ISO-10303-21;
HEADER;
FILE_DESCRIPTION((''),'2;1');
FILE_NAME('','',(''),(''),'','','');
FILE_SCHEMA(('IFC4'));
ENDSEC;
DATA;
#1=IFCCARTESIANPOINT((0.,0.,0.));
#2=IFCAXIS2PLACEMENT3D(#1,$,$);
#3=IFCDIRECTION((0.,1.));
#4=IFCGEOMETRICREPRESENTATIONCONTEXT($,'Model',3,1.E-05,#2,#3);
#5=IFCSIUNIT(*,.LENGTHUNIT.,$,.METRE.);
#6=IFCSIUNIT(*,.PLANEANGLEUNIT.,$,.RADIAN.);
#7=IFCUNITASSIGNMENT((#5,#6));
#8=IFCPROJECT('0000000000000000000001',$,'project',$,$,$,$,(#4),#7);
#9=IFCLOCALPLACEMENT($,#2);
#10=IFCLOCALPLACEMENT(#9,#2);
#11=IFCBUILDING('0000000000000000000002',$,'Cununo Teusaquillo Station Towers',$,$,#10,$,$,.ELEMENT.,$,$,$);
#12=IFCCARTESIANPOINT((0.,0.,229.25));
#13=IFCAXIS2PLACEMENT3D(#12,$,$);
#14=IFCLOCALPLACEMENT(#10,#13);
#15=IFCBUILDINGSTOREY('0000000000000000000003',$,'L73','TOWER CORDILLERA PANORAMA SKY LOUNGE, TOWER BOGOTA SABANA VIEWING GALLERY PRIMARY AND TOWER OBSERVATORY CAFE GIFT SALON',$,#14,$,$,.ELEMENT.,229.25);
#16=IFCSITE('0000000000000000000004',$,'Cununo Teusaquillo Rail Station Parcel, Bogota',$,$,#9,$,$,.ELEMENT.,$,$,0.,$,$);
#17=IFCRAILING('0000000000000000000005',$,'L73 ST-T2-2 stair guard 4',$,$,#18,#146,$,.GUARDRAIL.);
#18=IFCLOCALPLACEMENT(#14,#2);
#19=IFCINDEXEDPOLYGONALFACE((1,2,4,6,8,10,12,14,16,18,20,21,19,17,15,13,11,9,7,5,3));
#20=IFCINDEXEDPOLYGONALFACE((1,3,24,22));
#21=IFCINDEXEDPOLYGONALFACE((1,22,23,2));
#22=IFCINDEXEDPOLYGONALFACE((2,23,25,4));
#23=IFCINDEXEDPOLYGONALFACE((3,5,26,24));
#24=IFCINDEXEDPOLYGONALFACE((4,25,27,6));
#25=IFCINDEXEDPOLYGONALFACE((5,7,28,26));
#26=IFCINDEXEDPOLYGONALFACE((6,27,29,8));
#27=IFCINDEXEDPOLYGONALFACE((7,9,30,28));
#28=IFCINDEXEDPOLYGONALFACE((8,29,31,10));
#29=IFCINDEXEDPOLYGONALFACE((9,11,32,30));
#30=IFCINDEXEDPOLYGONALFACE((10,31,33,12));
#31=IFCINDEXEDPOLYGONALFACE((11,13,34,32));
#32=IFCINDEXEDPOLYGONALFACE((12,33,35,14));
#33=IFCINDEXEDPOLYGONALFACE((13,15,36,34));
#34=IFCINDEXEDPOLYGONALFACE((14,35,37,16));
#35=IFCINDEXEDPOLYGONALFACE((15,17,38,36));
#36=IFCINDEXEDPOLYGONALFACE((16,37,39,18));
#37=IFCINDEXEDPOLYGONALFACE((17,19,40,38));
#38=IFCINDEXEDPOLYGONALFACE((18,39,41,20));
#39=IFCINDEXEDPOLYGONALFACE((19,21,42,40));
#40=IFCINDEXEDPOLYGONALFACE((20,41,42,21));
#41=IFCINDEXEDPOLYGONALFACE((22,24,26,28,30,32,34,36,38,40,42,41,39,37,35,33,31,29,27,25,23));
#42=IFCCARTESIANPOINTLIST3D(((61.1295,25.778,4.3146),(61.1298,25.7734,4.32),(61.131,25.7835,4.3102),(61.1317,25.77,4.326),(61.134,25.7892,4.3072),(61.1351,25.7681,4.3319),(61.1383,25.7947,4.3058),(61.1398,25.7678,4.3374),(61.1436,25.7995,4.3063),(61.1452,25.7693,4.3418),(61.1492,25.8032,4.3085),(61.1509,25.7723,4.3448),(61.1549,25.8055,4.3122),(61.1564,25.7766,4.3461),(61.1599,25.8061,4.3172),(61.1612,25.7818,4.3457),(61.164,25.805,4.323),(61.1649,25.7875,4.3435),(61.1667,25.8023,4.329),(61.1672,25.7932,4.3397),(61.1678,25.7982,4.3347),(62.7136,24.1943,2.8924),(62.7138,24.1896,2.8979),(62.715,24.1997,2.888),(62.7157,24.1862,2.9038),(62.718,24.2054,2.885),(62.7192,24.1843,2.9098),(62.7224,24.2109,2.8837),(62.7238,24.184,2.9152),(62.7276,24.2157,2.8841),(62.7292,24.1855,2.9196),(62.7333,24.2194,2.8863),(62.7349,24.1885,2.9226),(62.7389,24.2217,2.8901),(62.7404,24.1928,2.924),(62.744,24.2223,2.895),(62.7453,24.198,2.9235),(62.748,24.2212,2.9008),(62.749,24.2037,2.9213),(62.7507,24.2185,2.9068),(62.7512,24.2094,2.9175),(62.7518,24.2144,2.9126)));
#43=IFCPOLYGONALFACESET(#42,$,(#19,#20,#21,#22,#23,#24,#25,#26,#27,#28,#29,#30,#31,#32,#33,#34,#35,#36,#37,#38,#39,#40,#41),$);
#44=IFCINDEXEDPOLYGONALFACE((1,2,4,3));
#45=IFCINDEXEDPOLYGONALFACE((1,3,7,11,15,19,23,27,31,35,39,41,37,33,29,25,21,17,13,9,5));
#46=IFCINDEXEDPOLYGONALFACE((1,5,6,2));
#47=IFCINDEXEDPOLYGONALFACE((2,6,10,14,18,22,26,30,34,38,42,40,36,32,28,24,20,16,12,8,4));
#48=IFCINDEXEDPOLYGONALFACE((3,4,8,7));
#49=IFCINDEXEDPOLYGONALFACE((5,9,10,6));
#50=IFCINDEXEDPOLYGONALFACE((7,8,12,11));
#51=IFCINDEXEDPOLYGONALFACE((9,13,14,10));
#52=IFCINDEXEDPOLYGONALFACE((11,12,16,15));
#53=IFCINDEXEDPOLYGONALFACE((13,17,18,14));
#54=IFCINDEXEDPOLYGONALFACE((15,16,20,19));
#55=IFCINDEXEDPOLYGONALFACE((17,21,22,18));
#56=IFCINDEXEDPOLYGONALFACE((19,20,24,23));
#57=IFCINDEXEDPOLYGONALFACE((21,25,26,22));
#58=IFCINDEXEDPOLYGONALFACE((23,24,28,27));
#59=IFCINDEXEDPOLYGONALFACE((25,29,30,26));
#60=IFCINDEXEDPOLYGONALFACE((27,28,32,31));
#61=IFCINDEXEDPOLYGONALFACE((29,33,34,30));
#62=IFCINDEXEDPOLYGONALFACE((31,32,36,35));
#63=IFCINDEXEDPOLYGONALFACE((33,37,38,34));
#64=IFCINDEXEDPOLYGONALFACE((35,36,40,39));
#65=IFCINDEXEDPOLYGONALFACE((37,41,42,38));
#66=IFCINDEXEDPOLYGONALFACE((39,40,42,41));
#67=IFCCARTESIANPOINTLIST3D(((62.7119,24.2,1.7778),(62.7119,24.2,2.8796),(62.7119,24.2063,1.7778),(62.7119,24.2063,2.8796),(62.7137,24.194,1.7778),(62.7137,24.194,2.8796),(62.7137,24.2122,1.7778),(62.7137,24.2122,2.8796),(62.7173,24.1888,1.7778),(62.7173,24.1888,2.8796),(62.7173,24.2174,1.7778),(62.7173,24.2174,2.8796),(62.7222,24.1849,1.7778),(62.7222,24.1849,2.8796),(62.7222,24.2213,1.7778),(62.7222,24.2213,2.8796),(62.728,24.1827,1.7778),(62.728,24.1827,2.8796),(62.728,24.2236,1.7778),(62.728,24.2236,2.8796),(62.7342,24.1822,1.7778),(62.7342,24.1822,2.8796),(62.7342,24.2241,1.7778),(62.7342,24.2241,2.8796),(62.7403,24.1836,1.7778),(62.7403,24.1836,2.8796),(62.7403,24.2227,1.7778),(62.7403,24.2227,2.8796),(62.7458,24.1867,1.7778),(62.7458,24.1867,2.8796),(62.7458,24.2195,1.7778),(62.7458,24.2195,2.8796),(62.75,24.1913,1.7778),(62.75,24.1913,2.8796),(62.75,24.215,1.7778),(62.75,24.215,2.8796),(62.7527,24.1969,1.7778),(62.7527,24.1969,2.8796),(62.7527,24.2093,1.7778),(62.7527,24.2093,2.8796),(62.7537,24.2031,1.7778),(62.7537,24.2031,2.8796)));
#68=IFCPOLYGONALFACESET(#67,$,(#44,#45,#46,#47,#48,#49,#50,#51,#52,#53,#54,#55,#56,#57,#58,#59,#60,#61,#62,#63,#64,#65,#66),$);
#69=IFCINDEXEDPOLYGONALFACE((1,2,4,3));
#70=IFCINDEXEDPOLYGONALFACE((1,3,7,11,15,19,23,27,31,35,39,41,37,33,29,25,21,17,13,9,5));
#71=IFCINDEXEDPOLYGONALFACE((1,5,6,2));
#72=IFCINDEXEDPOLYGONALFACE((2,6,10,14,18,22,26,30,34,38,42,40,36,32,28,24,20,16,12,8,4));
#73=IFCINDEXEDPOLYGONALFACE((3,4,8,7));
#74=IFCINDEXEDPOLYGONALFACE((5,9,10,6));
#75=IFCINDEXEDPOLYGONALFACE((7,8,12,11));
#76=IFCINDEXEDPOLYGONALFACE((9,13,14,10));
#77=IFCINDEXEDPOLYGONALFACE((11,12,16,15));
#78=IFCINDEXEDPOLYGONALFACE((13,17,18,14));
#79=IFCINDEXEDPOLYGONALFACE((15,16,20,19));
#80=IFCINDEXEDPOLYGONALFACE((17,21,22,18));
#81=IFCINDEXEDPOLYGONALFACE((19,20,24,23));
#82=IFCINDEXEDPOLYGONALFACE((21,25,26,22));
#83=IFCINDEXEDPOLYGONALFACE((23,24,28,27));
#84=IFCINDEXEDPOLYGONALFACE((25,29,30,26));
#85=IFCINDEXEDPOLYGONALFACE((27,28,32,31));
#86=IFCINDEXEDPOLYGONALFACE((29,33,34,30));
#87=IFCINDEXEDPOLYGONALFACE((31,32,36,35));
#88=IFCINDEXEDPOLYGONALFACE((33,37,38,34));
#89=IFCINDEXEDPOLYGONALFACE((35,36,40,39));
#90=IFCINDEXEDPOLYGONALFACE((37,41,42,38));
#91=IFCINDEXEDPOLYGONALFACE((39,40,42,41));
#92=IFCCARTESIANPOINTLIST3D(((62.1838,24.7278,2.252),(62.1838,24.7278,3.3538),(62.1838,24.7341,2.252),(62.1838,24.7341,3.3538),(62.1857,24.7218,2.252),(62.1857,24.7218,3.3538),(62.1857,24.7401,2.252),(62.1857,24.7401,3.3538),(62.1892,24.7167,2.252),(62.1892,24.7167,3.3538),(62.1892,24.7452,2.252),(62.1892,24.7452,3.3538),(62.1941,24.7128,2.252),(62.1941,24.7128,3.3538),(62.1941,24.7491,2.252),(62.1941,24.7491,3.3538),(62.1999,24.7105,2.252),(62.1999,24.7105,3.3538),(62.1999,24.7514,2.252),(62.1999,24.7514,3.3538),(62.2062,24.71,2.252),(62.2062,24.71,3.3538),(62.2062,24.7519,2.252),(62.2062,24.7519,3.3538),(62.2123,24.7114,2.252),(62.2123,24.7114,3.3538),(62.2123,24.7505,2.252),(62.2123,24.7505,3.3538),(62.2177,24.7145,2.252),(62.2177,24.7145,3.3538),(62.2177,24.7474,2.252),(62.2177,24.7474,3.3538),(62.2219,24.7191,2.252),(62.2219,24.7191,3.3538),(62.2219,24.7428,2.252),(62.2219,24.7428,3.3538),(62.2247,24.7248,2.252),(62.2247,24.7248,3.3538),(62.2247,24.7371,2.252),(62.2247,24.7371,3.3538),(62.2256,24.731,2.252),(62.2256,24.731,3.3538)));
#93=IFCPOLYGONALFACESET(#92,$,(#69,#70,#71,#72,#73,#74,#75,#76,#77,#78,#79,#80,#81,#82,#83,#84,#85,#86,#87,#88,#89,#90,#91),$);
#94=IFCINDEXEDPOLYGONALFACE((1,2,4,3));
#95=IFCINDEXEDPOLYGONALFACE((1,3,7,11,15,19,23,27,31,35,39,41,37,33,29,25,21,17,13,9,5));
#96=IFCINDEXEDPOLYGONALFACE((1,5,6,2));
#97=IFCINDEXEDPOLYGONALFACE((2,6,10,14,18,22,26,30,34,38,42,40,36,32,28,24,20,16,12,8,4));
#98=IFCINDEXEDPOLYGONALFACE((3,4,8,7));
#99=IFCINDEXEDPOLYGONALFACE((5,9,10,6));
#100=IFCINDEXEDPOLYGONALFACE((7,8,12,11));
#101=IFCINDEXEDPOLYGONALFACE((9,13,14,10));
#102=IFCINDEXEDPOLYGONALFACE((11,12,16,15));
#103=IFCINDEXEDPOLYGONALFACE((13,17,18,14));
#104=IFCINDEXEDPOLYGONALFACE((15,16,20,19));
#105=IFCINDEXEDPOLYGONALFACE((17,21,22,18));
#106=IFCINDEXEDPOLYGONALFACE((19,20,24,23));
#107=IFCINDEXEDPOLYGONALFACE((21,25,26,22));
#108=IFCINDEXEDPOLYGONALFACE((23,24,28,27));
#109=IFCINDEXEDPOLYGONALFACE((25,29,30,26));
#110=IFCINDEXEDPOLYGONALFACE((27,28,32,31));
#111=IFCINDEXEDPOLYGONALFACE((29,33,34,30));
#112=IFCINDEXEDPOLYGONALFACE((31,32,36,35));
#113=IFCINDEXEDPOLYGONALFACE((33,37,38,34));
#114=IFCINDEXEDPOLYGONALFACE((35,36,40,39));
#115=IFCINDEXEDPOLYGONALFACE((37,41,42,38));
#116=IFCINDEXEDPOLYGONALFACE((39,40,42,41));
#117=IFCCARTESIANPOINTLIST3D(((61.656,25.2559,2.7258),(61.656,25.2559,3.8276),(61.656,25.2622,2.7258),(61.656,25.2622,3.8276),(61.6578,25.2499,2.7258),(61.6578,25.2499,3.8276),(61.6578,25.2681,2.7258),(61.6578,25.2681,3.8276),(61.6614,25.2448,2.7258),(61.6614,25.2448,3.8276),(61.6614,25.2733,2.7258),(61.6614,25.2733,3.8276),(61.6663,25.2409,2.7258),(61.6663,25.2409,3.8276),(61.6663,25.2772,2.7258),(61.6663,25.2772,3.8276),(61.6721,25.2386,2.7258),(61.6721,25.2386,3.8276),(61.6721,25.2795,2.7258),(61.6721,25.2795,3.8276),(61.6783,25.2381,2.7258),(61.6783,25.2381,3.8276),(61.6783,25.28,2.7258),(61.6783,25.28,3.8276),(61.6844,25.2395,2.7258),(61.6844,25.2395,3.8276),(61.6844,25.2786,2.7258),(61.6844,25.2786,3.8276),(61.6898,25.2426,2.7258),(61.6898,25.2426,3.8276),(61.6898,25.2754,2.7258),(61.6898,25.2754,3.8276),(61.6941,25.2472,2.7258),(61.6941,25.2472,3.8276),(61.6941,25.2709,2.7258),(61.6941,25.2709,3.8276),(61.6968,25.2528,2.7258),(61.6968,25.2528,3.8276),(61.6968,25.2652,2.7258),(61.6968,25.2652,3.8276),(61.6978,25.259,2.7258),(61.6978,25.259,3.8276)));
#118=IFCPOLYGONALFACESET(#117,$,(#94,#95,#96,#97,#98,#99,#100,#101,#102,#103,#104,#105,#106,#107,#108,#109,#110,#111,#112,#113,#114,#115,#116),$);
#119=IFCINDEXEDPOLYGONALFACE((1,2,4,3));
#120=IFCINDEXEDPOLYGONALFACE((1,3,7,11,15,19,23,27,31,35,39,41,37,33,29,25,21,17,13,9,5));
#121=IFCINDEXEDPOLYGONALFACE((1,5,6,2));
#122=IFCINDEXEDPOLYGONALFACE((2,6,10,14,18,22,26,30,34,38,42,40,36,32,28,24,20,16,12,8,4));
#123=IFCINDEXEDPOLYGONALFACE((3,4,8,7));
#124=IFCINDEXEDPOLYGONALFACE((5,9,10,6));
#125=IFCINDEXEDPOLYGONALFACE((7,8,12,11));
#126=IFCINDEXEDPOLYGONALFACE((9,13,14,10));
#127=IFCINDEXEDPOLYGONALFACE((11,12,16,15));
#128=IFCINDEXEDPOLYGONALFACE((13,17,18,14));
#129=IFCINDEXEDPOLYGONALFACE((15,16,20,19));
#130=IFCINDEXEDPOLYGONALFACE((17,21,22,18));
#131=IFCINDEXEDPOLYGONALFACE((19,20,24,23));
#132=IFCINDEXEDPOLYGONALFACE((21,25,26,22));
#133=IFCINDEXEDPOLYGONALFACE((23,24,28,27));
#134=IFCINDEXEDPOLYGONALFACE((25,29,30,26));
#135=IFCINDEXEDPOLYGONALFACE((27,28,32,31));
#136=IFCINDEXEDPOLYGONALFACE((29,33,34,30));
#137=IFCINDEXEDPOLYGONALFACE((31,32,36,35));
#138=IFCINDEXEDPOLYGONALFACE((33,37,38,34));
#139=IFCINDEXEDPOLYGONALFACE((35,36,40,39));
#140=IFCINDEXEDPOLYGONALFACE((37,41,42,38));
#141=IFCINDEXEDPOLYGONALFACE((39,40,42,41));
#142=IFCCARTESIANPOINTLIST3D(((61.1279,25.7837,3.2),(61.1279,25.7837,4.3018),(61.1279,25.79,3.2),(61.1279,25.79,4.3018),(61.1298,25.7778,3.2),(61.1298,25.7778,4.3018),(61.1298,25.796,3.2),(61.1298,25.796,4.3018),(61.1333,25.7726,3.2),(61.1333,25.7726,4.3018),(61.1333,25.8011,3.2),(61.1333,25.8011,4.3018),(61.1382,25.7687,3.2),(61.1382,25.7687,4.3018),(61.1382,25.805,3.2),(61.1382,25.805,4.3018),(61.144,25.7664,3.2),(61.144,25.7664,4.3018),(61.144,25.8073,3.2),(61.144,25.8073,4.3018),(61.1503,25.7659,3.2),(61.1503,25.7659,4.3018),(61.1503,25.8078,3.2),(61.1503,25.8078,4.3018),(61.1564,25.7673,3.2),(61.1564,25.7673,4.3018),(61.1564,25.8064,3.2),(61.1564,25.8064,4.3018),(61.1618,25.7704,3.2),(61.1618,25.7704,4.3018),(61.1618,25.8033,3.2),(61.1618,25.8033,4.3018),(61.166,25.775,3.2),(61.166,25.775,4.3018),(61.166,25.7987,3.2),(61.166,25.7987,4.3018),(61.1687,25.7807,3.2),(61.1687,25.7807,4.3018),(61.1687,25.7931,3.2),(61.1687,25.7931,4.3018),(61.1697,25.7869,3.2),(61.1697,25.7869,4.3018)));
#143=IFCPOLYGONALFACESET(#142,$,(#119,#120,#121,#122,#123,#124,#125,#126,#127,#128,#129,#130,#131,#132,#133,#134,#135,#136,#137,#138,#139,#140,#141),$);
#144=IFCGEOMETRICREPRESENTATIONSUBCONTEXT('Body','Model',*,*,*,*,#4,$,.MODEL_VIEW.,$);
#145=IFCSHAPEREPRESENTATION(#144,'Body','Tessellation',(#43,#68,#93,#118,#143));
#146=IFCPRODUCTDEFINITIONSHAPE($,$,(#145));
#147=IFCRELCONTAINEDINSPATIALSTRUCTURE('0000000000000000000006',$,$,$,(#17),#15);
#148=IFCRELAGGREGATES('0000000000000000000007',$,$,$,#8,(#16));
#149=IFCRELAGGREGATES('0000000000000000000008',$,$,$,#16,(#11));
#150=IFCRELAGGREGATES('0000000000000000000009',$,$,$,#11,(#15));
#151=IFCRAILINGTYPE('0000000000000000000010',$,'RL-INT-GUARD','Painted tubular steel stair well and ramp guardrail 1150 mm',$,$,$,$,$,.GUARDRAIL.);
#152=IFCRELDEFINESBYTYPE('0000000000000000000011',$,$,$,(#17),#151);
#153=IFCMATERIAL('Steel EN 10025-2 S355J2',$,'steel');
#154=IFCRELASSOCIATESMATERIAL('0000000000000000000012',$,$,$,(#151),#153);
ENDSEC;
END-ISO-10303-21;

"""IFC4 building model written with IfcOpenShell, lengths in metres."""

from ifc_helpers import new_model, si_unit, direction, frame, origin, origin_2d, place, context, subcontext, project, spatial, circle, extrude, material, type_object, element, save


model = new_model("IFC4")

# Units and contexts
model_context = context("Model", 3, precision=1e-05, world=origin(), true_north=direction((0.0, 1.0)))
body_context = subcontext(model_context, "Body", "Model", "MODEL_VIEW")
ifc_project = project(units=[si_unit("LENGTHUNIT", "METRE"), si_unit("PLANEANGLEUNIT", "RADIAN")], contexts=[model_context])

# Site, building, storey
site_placement = place(None, origin())
site = spatial("IfcSite", under=ifc_project, at=site_placement, Name="Cununo Teusaquillo Rail Station Parcel, Bogota", CompositionType="ELEMENT", RefElevation=0.0)
building_placement = place(site_placement, origin())
building = spatial("IfcBuilding", under=site, at=building_placement, Name="Cununo Teusaquillo Station Towers", CompositionType="ELEMENT")
storey_placement = place(building_placement, frame((0.0, 0.0, 229.25)))
storey = spatial("IfcBuildingStorey", under=building, at=storey_placement, Name="L73", Description="TOWER CORDILLERA PANORAMA SKY LOUNGE, TOWER BOGOTA SABANA VIEWING GALLERY PRIMARY AND TOWER OBSERVATORY CAFE GIFT SALON", CompositionType="ELEMENT", Elevation=229.25)

# Railing
ifc_material_1 = material(Name="Steel EN 10025-2 S355J2", Category="steel")
railing_type_1 = type_object("IfcRailingType", Name="RL-INT-GUARD", Description="Painted tubular steel stair well and ramp guardrail 1150 mm", PredefinedType="GUARDRAIL", material=ifc_material_1)
railing_1_placement = place(storey_placement, frame((62.7327, 24.2031, 1.7778)))
element("IfcRailing", 1, at=railing_1_placement, inside=storey, type_object=railing_type_1, Name="L73 ST-T2-2 stair guard 4", PredefinedType="GUARDRAIL", context=body_context, shape_type="SweptSolid", body=[
    extrude(circle(Radius=0.0239, at=origin_2d()), frame((0.0, 0.0, 1.126), z_axis=(-0.597001, 0.596909, 0.535994), x_axis=(-0.707052, -0.707161, 0.0)), (0.0, 0.0, 1.0), 2.6533),
    extrude(circle(Radius=0.021, at=origin_2d()), origin(), (0.0, 0.0, 1.0), 1.1018),
    extrude(circle(Radius=0.021, at=origin_2d()), frame((-0.5281, 0.5278, 0.4741)), (0.0, 0.0, 1.0), 1.1018),
    extrude(circle(Radius=0.021, at=origin_2d()), frame((-1.0559, 1.0559, 0.948)), (0.0, 0.0, 1.0), 1.1018),
    extrude(circle(Radius=0.021, at=origin_2d()), frame((-1.584, 1.5837, 1.4221)), (0.0, 0.0, 1.0), 1.1018),
])

save(model, "model.ifc")
